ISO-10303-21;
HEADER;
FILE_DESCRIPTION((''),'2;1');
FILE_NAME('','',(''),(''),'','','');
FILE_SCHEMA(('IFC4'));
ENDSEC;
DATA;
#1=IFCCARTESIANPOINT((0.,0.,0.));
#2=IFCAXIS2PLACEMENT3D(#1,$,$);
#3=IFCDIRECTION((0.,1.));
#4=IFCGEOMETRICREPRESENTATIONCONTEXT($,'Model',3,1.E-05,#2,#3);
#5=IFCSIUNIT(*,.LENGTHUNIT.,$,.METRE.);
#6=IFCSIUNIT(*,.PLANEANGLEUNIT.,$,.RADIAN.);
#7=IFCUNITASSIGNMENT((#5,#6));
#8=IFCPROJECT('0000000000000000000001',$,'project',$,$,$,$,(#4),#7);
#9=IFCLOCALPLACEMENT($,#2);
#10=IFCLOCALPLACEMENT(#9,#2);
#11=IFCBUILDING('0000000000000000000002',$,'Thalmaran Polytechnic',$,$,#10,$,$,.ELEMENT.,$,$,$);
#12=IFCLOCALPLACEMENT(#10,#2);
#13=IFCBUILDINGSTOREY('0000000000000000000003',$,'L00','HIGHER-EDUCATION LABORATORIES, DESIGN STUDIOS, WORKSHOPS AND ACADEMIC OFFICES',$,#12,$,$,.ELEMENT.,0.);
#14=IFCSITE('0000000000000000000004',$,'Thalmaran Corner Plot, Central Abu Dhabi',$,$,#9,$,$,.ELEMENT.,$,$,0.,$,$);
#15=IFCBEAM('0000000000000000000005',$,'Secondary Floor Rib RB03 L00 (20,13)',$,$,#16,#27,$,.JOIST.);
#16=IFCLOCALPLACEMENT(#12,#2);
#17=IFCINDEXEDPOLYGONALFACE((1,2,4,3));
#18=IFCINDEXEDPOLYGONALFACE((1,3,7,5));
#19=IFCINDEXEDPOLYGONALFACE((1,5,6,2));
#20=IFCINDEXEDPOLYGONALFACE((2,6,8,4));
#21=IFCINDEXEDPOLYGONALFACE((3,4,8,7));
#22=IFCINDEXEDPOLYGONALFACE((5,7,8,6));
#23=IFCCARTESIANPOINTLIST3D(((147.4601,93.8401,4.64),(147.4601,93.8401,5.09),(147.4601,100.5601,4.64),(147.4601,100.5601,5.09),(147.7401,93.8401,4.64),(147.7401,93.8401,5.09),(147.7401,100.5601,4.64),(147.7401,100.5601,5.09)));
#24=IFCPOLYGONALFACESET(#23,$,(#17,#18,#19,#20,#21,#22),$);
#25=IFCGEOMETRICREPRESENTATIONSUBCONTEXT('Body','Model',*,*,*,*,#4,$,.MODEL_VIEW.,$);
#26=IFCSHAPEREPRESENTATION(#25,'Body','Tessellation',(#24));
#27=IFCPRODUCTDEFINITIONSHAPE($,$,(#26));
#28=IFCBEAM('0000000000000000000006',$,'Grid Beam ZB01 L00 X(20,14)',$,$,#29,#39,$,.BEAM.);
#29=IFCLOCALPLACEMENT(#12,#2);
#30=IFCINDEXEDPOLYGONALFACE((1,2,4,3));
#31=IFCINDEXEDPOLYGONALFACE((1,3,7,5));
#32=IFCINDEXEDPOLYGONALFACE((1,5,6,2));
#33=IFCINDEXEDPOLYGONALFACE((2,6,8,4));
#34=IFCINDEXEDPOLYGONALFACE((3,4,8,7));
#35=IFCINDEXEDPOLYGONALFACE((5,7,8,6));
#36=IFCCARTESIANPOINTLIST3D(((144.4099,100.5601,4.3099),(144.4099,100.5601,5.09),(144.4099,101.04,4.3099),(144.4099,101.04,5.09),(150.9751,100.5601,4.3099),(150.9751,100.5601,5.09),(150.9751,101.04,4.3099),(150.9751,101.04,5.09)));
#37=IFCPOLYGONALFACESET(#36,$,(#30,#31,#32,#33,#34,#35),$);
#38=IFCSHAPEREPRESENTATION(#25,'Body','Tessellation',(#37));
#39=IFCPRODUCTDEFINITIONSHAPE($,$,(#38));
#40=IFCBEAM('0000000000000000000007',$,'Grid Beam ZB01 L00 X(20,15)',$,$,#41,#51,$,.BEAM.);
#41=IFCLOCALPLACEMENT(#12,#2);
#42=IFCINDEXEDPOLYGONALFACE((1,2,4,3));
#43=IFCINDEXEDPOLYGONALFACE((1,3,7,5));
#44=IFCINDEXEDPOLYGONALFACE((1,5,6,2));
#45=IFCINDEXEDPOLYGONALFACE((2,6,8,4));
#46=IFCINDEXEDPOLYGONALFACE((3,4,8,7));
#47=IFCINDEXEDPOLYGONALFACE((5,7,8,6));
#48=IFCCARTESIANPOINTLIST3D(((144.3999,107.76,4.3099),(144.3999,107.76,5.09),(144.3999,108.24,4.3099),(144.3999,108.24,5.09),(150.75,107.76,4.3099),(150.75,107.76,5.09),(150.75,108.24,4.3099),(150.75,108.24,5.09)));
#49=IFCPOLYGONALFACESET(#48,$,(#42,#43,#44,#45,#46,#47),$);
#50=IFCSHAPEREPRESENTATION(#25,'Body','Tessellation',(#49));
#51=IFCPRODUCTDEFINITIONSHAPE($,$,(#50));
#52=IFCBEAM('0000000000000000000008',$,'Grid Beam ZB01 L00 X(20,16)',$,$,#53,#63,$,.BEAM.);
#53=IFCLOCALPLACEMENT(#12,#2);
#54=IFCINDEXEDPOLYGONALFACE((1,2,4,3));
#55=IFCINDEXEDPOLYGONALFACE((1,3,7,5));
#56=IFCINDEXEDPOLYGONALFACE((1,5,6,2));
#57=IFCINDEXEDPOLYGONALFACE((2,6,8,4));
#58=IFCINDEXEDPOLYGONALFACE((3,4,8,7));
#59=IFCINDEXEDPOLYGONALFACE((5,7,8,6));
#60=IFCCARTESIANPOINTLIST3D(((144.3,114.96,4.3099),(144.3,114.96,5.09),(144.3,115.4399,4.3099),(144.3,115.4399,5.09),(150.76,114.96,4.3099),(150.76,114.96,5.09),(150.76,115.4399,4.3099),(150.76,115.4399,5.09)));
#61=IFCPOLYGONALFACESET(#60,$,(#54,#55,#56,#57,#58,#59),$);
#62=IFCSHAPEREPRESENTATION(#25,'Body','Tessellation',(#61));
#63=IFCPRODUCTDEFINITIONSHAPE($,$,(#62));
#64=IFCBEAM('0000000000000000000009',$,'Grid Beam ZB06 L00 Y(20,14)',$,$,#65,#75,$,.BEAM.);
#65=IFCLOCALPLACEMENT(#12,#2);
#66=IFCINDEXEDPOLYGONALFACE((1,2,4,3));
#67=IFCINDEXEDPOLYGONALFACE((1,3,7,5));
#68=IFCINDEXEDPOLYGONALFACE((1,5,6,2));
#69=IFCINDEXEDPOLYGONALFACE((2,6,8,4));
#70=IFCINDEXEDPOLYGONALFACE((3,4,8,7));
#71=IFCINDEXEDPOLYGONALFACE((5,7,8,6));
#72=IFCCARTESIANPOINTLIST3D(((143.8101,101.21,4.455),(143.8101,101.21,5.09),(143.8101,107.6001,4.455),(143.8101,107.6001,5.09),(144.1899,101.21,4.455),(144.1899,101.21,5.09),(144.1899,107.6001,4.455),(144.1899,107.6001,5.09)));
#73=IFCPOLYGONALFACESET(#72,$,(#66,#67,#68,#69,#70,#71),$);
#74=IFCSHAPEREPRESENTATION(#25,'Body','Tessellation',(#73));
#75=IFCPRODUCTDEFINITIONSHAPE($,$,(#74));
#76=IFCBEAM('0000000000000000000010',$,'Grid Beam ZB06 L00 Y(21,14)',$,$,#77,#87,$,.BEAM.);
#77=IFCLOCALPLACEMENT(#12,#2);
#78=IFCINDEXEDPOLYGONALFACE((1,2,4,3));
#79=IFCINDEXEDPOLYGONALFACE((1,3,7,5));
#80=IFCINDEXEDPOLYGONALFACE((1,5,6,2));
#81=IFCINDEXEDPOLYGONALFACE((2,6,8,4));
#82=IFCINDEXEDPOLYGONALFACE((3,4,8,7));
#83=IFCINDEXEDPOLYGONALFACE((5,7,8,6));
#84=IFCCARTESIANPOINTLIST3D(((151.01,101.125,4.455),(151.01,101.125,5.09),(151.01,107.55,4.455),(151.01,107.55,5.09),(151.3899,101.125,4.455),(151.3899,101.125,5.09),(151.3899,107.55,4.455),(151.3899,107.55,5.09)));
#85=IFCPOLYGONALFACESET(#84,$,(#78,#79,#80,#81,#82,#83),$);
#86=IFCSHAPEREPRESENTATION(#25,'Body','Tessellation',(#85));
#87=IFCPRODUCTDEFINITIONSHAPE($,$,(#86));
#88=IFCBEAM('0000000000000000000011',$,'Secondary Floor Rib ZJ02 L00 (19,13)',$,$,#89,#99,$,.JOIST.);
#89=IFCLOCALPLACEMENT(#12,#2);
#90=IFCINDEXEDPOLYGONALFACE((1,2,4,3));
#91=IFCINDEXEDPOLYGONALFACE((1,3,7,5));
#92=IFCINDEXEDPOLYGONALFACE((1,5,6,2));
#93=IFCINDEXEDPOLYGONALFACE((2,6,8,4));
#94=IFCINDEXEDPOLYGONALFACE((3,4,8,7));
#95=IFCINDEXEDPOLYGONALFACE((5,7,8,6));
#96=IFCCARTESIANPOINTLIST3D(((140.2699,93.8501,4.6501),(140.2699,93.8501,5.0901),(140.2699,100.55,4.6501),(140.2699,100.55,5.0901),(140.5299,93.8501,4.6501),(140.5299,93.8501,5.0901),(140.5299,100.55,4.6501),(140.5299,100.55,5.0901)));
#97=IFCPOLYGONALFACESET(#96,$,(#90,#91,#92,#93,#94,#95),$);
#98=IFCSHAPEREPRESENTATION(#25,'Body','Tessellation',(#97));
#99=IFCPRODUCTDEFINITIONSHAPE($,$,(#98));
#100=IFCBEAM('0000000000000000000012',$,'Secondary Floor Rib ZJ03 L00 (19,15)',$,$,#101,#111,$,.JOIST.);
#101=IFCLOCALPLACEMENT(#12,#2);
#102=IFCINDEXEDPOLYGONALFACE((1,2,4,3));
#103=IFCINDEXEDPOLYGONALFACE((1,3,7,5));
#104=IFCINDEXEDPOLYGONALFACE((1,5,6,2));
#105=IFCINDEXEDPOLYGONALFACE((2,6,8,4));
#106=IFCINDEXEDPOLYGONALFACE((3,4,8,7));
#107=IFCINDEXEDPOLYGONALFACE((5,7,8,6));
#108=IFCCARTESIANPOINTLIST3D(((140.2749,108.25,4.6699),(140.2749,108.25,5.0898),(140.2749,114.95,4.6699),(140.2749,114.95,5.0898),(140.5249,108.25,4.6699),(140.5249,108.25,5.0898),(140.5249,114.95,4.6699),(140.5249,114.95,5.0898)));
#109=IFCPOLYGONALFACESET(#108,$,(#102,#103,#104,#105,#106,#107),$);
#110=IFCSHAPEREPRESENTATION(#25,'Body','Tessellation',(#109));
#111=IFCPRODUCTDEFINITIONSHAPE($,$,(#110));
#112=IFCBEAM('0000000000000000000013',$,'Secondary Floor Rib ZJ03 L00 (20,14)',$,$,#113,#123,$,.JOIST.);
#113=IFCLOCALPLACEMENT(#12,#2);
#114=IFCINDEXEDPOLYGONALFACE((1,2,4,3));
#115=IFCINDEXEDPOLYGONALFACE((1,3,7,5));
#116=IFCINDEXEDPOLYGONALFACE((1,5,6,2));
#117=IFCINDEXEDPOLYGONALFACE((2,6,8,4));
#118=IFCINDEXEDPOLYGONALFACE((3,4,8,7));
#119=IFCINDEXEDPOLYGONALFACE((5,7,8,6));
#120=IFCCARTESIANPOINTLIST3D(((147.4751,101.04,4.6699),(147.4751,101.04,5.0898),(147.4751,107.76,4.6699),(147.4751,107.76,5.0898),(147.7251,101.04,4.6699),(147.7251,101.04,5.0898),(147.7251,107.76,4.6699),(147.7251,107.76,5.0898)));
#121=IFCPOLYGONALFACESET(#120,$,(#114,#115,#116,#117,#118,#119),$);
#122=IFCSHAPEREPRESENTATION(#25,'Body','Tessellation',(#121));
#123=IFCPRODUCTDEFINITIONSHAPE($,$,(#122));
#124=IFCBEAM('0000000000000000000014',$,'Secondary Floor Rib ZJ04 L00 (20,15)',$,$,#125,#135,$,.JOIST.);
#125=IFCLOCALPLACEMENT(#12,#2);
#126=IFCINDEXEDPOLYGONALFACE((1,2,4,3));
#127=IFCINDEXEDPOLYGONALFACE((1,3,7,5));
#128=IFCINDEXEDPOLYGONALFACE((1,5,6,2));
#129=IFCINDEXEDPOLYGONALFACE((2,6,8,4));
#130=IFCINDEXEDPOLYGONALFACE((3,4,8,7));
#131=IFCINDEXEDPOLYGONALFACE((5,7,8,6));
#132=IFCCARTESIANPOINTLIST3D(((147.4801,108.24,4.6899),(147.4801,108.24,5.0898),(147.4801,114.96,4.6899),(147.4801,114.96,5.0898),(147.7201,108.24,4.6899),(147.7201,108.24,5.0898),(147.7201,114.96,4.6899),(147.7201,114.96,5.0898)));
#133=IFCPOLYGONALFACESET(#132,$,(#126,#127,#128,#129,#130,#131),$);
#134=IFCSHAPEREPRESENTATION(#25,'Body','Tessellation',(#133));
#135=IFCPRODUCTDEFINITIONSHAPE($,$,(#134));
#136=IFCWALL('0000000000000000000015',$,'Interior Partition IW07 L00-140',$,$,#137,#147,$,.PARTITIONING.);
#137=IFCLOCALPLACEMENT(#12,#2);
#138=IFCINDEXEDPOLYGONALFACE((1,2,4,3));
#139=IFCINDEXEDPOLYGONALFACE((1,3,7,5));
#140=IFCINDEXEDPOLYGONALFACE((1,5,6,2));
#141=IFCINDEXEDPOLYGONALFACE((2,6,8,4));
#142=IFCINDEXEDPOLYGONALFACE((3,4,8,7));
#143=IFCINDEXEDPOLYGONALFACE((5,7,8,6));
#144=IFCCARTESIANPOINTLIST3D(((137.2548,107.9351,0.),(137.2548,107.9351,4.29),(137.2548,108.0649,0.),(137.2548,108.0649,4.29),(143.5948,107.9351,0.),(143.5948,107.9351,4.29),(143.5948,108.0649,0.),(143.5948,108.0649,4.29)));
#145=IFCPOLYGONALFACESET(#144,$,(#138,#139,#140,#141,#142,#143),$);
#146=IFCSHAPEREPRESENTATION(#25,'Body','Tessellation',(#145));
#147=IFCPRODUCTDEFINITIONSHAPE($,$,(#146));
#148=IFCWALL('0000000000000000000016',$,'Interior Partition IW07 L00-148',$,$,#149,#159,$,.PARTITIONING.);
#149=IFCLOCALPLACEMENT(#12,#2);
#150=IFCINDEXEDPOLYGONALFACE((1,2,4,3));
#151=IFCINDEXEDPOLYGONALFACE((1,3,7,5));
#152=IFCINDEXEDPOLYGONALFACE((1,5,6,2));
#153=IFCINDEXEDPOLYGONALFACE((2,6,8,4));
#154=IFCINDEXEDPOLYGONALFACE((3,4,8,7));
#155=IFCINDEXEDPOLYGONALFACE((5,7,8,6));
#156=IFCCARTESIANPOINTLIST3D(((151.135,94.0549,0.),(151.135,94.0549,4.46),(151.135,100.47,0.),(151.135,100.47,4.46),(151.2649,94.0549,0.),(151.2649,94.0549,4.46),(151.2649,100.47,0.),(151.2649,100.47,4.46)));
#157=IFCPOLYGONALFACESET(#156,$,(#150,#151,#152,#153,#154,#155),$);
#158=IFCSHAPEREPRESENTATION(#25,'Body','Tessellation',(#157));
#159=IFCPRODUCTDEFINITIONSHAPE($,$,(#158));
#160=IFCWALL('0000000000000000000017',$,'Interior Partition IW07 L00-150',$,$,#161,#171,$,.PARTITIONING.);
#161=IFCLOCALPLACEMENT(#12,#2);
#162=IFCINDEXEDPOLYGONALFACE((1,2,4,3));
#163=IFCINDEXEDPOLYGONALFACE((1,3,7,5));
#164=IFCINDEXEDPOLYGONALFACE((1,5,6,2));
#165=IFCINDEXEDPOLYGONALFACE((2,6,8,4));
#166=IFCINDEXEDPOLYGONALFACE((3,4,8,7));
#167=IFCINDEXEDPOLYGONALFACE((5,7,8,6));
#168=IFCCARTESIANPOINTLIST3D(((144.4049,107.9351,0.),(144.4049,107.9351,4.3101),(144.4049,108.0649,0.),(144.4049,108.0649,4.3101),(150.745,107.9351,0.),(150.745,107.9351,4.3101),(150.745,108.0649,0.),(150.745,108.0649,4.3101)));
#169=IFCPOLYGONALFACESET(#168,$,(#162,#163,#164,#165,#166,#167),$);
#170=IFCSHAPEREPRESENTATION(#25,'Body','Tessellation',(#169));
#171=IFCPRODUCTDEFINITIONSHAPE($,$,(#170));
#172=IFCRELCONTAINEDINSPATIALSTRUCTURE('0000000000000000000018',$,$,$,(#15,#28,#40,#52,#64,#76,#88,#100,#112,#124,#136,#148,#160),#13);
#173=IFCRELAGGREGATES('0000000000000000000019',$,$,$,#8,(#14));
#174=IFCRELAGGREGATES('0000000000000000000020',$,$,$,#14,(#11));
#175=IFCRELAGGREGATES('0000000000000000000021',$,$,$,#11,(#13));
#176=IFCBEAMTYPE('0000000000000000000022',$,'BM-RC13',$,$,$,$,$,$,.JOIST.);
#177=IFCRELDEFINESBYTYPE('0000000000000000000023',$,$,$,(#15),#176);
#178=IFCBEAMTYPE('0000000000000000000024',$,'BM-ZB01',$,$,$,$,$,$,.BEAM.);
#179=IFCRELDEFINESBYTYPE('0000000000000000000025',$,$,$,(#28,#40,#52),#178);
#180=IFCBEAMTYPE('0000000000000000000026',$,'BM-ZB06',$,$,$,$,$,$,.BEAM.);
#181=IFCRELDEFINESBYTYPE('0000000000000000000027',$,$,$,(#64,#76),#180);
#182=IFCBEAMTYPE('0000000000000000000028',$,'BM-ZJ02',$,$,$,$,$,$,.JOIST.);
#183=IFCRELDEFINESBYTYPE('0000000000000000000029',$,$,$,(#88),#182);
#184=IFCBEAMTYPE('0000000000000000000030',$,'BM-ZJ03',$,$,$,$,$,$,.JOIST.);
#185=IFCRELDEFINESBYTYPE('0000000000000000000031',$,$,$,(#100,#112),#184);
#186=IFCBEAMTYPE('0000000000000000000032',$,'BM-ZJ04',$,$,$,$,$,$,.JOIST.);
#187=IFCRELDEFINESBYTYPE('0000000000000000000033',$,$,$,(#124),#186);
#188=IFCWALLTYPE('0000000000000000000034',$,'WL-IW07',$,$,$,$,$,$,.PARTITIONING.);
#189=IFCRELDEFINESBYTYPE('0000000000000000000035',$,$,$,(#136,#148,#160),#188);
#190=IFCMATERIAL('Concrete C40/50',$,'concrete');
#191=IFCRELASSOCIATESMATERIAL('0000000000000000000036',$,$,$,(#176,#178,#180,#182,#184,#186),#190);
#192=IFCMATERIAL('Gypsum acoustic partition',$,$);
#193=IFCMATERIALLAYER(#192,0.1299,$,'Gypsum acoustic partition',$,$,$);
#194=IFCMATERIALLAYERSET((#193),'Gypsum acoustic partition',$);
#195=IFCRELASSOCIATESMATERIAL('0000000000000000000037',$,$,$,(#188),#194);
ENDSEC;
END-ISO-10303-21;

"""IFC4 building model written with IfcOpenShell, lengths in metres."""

from ifc_helpers import new_model, si_unit, direction, frame, frame_2d, origin, origin_2d, place, context, subcontext, project, spatial, rectangle, extrude, material, layer, layer_set, material_profile, profile_set, type_object, element, save


model = new_model("IFC4")

# Units and contexts
model_context = context("Model", 3, precision=1e-05, world=origin(), true_north=direction((0.0, 1.0)))
body_context = subcontext(model_context, "Body", "Model", "MODEL_VIEW")
ifc_project = project(units=[si_unit("LENGTHUNIT", "METRE"), si_unit("PLANEANGLEUNIT", "RADIAN")], contexts=[model_context])

# Site, building, storey
site_placement = place(None, origin())
site = spatial("IfcSite", under=ifc_project, at=site_placement, Name="Thalmaran Corner Plot, Central Abu Dhabi", CompositionType="ELEMENT", RefElevation=0.0)
building_placement = place(site_placement, origin())
building = spatial("IfcBuilding", under=site, at=building_placement, Name="Thalmaran Polytechnic", CompositionType="ELEMENT")
storey_placement = place(building_placement, origin())
storey = spatial("IfcBuildingStorey", under=building, at=storey_placement, Name="L00", Description="HIGHER-EDUCATION LABORATORIES, DESIGN STUDIOS, WORKSHOPS AND ACADEMIC OFFICES", CompositionType="ELEMENT", Elevation=0.0)

# Shared definitions
ifc_material_1 = material(Name="Concrete C40/50", Category="concrete")

# Beams
ifc_material_profile_1 = material_profile(ifc_material_1, rectangle(XDim=0.28, YDim=0.45, at=origin_2d()), Name="RC 280x450")
ifc_profile_set_1 = profile_set([ifc_material_profile_1], Name="Concrete C40/50")
beam_type_1 = type_object("IfcBeamType", Name="BM-RC13", PredefinedType="JOIST", material=ifc_profile_set_1)
beam_1_placement = place(storey_placement, frame((147.6001, 93.8401, 4.865), z_axis=(0.0, 1.0, 0.0), x_axis=(-1.0, 0.0, 0.0)))
element("IfcBeam", 1, at=beam_1_placement, inside=storey, type_object=beam_type_1, Name="Secondary Floor Rib RB03 L00 (20,13)", PredefinedType="JOIST", context=body_context, shape_type="SweptSolid", body=[
    extrude(rectangle(XDim=0.28, YDim=0.45, at=origin_2d()), origin(), (0.0, 0.0, 1.0), 6.72),
])
ifc_material_profile_2 = material_profile(ifc_material_1, rectangle(XDim=0.48, YDim=0.78, at=origin_2d()), Name="RC 480x780")
ifc_profile_set_2 = profile_set([ifc_material_profile_2], Name="Concrete C40/50")
beam_type_2 = type_object("IfcBeamType", Name="BM-ZB01", PredefinedType="BEAM", material=ifc_profile_set_2)
beam_2_placement = place(storey_placement, frame((144.4099, 100.8, 4.7), z_axis=(1.0, 0.0, 0.0), x_axis=(0.0, 1.0, 0.0)))
element("IfcBeam", 2, at=beam_2_placement, inside=storey, type_object=beam_type_2, Name="Grid Beam ZB01 L00 X(20,14)", PredefinedType="BEAM", context=body_context, shape_type="SweptSolid", body=[
    extrude(rectangle(XDim=0.48, YDim=0.78, at=origin_2d()), origin(), (0.0, 0.0, 1.0), 6.5652),
])
beam_3_placement = place(storey_placement, frame((144.3999, 108.0, 4.7), z_axis=(1.0, 0.0, 0.0), x_axis=(0.0, 1.0, 0.0)))
element("IfcBeam", 3, at=beam_3_placement, inside=storey, type_object=beam_type_2, Name="Grid Beam ZB01 L00 X(20,15)", PredefinedType="BEAM", context=body_context, shape_type="SweptSolid", body=[
    extrude(rectangle(XDim=0.48, YDim=0.78, at=origin_2d()), origin(), (0.0, 0.0, 1.0), 6.3501),
])
beam_4_placement = place(storey_placement, frame((144.3, 115.2, 4.7), z_axis=(1.0, 0.0, 0.0), x_axis=(0.0, 1.0, 0.0)))
element("IfcBeam", 4, at=beam_4_placement, inside=storey, type_object=beam_type_2, Name="Grid Beam ZB01 L00 X(20,16)", PredefinedType="BEAM", context=body_context, shape_type="SweptSolid", body=[
    extrude(rectangle(XDim=0.48, YDim=0.78, at=origin_2d()), origin(), (0.0, 0.0, 1.0), 6.46),
])
ifc_material_profile_3 = material_profile(ifc_material_1, rectangle(XDim=0.3799, YDim=0.635, at=origin_2d()), Name="RC 380x635")
ifc_profile_set_3 = profile_set([ifc_material_profile_3], Name="Concrete C40/50")
beam_type_3 = type_object("IfcBeamType", Name="BM-ZB06", PredefinedType="BEAM", material=ifc_profile_set_3)
beam_5_placement = place(storey_placement, frame((144.0, 101.21, 4.7725), z_axis=(0.0, 1.0, 0.0), x_axis=(-1.0, 0.0, 0.0)))
element("IfcBeam", 5, at=beam_5_placement, inside=storey, type_object=beam_type_3, Name="Grid Beam ZB06 L00 Y(20,14)", PredefinedType="BEAM", context=body_context, shape_type="SweptSolid", body=[
    extrude(rectangle(XDim=0.3799, YDim=0.635, at=origin_2d()), origin(), (0.0, 0.0, 1.0), 6.3901),
])
beam_6_placement = place(storey_placement, frame((151.2, 101.125, 4.7725), z_axis=(0.0, 1.0, 0.0), x_axis=(-1.0, 0.0, 0.0)))
element("IfcBeam", 6, at=beam_6_placement, inside=storey, type_object=beam_type_3, Name="Grid Beam ZB06 L00 Y(21,14)", PredefinedType="BEAM", context=body_context, shape_type="SweptSolid", body=[
    extrude(rectangle(XDim=0.3799, YDim=0.635, at=origin_2d()), origin(), (0.0, 0.0, 1.0), 6.425),
])
ifc_material_profile_4 = material_profile(ifc_material_1, rectangle(XDim=0.26, YDim=0.4399, at=origin_2d()), Name="RC 260x440")
ifc_profile_set_4 = profile_set([ifc_material_profile_4], Name="Concrete C40/50")
beam_type_4 = type_object("IfcBeamType", Name="BM-ZJ02", PredefinedType="JOIST", material=ifc_profile_set_4)
beam_7_placement = place(storey_placement, frame((140.3999, 93.8501, 4.8701), z_axis=(0.0, 1.0, 0.0), x_axis=(-1.0, 0.0, 0.0)))
element("IfcBeam", 7, at=beam_7_placement, inside=storey, type_object=beam_type_4, Name="Secondary Floor Rib ZJ02 L00 (19,13)", PredefinedType="JOIST", context=body_context, shape_type="SweptSolid", body=[
    extrude(rectangle(XDim=0.26, YDim=0.4399, at=origin_2d()), origin(), (0.0, 0.0, 1.0), 6.7),
])
ifc_material_profile_5 = material_profile(ifc_material_1, rectangle(XDim=0.25, YDim=0.4199, at=origin_2d()), Name="RC 250x420")
ifc_profile_set_5 = profile_set([ifc_material_profile_5], Name="Concrete C40/50")
beam_type_5 = type_object("IfcBeamType", Name="BM-ZJ03", PredefinedType="JOIST", material=ifc_profile_set_5)
beam_8_placement = place(storey_placement, frame((140.3999, 108.25, 4.8799), z_axis=(0.0, 1.0, 0.0), x_axis=(-1.0, 0.0, 0.0)))
element("IfcBeam", 8, at=beam_8_placement, inside=storey, type_object=beam_type_5, Name="Secondary Floor Rib ZJ03 L00 (19,15)", PredefinedType="JOIST", context=body_context, shape_type="SweptSolid", body=[
    extrude(rectangle(XDim=0.25, YDim=0.4199, at=origin_2d()), origin(), (0.0, 0.0, 1.0), 6.7),
])
beam_9_placement = place(storey_placement, frame((147.6001, 101.04, 4.8799), z_axis=(0.0, 1.0, 0.0), x_axis=(-1.0, 0.0, 0.0)))
element("IfcBeam", 9, at=beam_9_placement, inside=storey, type_object=beam_type_5, Name="Secondary Floor Rib ZJ03 L00 (20,14)", PredefinedType="JOIST", context=body_context, shape_type="SweptSolid", body=[
    extrude(rectangle(XDim=0.25, YDim=0.4199, at=origin_2d()), origin(), (0.0, 0.0, 1.0), 6.72),
])
ifc_material_profile_6 = material_profile(ifc_material_1, rectangle(XDim=0.24, YDim=0.3999, at=origin_2d()), Name="RC 240x400")
ifc_profile_set_6 = profile_set([ifc_material_profile_6], Name="Concrete C40/50")
beam_type_6 = type_object("IfcBeamType", Name="BM-ZJ04", PredefinedType="JOIST", material=ifc_profile_set_6)
beam_10_placement = place(storey_placement, frame((147.6001, 108.24, 4.8899), z_axis=(0.0, 1.0, 0.0), x_axis=(-1.0, 0.0, 0.0)))
element("IfcBeam", 10, at=beam_10_placement, inside=storey, type_object=beam_type_6, Name="Secondary Floor Rib ZJ04 L00 (20,15)", PredefinedType="JOIST", context=body_context, shape_type="SweptSolid", body=[
    extrude(rectangle(XDim=0.24, YDim=0.3999, at=origin_2d()), origin(), (0.0, 0.0, 1.0), 6.72),
])

# Walls
ifc_material_2 = material(Name="Gypsum acoustic partition")
ifc_layer_1 = layer(ifc_material_2, 0.1299, Name="Gypsum acoustic partition")
ifc_layer_set_1 = layer_set([ifc_layer_1], Name="Gypsum acoustic partition")
wall_type_1 = type_object("IfcWallType", Name="WL-IW07", PredefinedType="PARTITIONING", material=ifc_layer_set_1)
wall_1_placement = place(storey_placement, frame((137.2549, 108.0, 0.0), z_axis=(0.0, 0.0, 1.0), x_axis=(1.0, 0.0, 0.0)))
element("IfcWall", 11, at=wall_1_placement, inside=storey, type_object=wall_type_1, Name="Interior Partition IW07 L00-140", PredefinedType="PARTITIONING", context=body_context, shape_type="SweptSolid", body=[
    extrude(rectangle(XDim=6.3401, YDim=0.1299, at=frame_2d((3.1699, 0.0))), origin(), (0.0, 0.0, 1.0), 4.29),
])
wall_2_placement = place(storey_placement, frame((151.2, 94.0549, 0.0), z_axis=(0.0, 0.0, 1.0), x_axis=(0.0, 1.0, 0.0)))
element("IfcWall", 12, at=wall_2_placement, inside=storey, type_object=wall_type_1, Name="Interior Partition IW07 L00-148", PredefinedType="PARTITIONING", context=body_context, shape_type="SweptSolid", body=[
    extrude(rectangle(XDim=6.415, YDim=0.1299, at=frame_2d((3.2075, 0.0))), origin(), (0.0, 0.0, 1.0), 4.46),
])
wall_3_placement = place(storey_placement, frame((144.405, 108.0, 0.0), z_axis=(0.0, 0.0, 1.0), x_axis=(1.0, 0.0, 0.0)))
element("IfcWall", 13, at=wall_3_placement, inside=storey, type_object=wall_type_1, Name="Interior Partition IW07 L00-150", PredefinedType="PARTITIONING", context=body_context, shape_type="SweptSolid", body=[
    extrude(rectangle(XDim=6.3401, YDim=0.1299, at=frame_2d((3.1699, 0.0))), origin(), (0.0, 0.0, 1.0), 4.3101),
])

save(model, "model.ifc")
